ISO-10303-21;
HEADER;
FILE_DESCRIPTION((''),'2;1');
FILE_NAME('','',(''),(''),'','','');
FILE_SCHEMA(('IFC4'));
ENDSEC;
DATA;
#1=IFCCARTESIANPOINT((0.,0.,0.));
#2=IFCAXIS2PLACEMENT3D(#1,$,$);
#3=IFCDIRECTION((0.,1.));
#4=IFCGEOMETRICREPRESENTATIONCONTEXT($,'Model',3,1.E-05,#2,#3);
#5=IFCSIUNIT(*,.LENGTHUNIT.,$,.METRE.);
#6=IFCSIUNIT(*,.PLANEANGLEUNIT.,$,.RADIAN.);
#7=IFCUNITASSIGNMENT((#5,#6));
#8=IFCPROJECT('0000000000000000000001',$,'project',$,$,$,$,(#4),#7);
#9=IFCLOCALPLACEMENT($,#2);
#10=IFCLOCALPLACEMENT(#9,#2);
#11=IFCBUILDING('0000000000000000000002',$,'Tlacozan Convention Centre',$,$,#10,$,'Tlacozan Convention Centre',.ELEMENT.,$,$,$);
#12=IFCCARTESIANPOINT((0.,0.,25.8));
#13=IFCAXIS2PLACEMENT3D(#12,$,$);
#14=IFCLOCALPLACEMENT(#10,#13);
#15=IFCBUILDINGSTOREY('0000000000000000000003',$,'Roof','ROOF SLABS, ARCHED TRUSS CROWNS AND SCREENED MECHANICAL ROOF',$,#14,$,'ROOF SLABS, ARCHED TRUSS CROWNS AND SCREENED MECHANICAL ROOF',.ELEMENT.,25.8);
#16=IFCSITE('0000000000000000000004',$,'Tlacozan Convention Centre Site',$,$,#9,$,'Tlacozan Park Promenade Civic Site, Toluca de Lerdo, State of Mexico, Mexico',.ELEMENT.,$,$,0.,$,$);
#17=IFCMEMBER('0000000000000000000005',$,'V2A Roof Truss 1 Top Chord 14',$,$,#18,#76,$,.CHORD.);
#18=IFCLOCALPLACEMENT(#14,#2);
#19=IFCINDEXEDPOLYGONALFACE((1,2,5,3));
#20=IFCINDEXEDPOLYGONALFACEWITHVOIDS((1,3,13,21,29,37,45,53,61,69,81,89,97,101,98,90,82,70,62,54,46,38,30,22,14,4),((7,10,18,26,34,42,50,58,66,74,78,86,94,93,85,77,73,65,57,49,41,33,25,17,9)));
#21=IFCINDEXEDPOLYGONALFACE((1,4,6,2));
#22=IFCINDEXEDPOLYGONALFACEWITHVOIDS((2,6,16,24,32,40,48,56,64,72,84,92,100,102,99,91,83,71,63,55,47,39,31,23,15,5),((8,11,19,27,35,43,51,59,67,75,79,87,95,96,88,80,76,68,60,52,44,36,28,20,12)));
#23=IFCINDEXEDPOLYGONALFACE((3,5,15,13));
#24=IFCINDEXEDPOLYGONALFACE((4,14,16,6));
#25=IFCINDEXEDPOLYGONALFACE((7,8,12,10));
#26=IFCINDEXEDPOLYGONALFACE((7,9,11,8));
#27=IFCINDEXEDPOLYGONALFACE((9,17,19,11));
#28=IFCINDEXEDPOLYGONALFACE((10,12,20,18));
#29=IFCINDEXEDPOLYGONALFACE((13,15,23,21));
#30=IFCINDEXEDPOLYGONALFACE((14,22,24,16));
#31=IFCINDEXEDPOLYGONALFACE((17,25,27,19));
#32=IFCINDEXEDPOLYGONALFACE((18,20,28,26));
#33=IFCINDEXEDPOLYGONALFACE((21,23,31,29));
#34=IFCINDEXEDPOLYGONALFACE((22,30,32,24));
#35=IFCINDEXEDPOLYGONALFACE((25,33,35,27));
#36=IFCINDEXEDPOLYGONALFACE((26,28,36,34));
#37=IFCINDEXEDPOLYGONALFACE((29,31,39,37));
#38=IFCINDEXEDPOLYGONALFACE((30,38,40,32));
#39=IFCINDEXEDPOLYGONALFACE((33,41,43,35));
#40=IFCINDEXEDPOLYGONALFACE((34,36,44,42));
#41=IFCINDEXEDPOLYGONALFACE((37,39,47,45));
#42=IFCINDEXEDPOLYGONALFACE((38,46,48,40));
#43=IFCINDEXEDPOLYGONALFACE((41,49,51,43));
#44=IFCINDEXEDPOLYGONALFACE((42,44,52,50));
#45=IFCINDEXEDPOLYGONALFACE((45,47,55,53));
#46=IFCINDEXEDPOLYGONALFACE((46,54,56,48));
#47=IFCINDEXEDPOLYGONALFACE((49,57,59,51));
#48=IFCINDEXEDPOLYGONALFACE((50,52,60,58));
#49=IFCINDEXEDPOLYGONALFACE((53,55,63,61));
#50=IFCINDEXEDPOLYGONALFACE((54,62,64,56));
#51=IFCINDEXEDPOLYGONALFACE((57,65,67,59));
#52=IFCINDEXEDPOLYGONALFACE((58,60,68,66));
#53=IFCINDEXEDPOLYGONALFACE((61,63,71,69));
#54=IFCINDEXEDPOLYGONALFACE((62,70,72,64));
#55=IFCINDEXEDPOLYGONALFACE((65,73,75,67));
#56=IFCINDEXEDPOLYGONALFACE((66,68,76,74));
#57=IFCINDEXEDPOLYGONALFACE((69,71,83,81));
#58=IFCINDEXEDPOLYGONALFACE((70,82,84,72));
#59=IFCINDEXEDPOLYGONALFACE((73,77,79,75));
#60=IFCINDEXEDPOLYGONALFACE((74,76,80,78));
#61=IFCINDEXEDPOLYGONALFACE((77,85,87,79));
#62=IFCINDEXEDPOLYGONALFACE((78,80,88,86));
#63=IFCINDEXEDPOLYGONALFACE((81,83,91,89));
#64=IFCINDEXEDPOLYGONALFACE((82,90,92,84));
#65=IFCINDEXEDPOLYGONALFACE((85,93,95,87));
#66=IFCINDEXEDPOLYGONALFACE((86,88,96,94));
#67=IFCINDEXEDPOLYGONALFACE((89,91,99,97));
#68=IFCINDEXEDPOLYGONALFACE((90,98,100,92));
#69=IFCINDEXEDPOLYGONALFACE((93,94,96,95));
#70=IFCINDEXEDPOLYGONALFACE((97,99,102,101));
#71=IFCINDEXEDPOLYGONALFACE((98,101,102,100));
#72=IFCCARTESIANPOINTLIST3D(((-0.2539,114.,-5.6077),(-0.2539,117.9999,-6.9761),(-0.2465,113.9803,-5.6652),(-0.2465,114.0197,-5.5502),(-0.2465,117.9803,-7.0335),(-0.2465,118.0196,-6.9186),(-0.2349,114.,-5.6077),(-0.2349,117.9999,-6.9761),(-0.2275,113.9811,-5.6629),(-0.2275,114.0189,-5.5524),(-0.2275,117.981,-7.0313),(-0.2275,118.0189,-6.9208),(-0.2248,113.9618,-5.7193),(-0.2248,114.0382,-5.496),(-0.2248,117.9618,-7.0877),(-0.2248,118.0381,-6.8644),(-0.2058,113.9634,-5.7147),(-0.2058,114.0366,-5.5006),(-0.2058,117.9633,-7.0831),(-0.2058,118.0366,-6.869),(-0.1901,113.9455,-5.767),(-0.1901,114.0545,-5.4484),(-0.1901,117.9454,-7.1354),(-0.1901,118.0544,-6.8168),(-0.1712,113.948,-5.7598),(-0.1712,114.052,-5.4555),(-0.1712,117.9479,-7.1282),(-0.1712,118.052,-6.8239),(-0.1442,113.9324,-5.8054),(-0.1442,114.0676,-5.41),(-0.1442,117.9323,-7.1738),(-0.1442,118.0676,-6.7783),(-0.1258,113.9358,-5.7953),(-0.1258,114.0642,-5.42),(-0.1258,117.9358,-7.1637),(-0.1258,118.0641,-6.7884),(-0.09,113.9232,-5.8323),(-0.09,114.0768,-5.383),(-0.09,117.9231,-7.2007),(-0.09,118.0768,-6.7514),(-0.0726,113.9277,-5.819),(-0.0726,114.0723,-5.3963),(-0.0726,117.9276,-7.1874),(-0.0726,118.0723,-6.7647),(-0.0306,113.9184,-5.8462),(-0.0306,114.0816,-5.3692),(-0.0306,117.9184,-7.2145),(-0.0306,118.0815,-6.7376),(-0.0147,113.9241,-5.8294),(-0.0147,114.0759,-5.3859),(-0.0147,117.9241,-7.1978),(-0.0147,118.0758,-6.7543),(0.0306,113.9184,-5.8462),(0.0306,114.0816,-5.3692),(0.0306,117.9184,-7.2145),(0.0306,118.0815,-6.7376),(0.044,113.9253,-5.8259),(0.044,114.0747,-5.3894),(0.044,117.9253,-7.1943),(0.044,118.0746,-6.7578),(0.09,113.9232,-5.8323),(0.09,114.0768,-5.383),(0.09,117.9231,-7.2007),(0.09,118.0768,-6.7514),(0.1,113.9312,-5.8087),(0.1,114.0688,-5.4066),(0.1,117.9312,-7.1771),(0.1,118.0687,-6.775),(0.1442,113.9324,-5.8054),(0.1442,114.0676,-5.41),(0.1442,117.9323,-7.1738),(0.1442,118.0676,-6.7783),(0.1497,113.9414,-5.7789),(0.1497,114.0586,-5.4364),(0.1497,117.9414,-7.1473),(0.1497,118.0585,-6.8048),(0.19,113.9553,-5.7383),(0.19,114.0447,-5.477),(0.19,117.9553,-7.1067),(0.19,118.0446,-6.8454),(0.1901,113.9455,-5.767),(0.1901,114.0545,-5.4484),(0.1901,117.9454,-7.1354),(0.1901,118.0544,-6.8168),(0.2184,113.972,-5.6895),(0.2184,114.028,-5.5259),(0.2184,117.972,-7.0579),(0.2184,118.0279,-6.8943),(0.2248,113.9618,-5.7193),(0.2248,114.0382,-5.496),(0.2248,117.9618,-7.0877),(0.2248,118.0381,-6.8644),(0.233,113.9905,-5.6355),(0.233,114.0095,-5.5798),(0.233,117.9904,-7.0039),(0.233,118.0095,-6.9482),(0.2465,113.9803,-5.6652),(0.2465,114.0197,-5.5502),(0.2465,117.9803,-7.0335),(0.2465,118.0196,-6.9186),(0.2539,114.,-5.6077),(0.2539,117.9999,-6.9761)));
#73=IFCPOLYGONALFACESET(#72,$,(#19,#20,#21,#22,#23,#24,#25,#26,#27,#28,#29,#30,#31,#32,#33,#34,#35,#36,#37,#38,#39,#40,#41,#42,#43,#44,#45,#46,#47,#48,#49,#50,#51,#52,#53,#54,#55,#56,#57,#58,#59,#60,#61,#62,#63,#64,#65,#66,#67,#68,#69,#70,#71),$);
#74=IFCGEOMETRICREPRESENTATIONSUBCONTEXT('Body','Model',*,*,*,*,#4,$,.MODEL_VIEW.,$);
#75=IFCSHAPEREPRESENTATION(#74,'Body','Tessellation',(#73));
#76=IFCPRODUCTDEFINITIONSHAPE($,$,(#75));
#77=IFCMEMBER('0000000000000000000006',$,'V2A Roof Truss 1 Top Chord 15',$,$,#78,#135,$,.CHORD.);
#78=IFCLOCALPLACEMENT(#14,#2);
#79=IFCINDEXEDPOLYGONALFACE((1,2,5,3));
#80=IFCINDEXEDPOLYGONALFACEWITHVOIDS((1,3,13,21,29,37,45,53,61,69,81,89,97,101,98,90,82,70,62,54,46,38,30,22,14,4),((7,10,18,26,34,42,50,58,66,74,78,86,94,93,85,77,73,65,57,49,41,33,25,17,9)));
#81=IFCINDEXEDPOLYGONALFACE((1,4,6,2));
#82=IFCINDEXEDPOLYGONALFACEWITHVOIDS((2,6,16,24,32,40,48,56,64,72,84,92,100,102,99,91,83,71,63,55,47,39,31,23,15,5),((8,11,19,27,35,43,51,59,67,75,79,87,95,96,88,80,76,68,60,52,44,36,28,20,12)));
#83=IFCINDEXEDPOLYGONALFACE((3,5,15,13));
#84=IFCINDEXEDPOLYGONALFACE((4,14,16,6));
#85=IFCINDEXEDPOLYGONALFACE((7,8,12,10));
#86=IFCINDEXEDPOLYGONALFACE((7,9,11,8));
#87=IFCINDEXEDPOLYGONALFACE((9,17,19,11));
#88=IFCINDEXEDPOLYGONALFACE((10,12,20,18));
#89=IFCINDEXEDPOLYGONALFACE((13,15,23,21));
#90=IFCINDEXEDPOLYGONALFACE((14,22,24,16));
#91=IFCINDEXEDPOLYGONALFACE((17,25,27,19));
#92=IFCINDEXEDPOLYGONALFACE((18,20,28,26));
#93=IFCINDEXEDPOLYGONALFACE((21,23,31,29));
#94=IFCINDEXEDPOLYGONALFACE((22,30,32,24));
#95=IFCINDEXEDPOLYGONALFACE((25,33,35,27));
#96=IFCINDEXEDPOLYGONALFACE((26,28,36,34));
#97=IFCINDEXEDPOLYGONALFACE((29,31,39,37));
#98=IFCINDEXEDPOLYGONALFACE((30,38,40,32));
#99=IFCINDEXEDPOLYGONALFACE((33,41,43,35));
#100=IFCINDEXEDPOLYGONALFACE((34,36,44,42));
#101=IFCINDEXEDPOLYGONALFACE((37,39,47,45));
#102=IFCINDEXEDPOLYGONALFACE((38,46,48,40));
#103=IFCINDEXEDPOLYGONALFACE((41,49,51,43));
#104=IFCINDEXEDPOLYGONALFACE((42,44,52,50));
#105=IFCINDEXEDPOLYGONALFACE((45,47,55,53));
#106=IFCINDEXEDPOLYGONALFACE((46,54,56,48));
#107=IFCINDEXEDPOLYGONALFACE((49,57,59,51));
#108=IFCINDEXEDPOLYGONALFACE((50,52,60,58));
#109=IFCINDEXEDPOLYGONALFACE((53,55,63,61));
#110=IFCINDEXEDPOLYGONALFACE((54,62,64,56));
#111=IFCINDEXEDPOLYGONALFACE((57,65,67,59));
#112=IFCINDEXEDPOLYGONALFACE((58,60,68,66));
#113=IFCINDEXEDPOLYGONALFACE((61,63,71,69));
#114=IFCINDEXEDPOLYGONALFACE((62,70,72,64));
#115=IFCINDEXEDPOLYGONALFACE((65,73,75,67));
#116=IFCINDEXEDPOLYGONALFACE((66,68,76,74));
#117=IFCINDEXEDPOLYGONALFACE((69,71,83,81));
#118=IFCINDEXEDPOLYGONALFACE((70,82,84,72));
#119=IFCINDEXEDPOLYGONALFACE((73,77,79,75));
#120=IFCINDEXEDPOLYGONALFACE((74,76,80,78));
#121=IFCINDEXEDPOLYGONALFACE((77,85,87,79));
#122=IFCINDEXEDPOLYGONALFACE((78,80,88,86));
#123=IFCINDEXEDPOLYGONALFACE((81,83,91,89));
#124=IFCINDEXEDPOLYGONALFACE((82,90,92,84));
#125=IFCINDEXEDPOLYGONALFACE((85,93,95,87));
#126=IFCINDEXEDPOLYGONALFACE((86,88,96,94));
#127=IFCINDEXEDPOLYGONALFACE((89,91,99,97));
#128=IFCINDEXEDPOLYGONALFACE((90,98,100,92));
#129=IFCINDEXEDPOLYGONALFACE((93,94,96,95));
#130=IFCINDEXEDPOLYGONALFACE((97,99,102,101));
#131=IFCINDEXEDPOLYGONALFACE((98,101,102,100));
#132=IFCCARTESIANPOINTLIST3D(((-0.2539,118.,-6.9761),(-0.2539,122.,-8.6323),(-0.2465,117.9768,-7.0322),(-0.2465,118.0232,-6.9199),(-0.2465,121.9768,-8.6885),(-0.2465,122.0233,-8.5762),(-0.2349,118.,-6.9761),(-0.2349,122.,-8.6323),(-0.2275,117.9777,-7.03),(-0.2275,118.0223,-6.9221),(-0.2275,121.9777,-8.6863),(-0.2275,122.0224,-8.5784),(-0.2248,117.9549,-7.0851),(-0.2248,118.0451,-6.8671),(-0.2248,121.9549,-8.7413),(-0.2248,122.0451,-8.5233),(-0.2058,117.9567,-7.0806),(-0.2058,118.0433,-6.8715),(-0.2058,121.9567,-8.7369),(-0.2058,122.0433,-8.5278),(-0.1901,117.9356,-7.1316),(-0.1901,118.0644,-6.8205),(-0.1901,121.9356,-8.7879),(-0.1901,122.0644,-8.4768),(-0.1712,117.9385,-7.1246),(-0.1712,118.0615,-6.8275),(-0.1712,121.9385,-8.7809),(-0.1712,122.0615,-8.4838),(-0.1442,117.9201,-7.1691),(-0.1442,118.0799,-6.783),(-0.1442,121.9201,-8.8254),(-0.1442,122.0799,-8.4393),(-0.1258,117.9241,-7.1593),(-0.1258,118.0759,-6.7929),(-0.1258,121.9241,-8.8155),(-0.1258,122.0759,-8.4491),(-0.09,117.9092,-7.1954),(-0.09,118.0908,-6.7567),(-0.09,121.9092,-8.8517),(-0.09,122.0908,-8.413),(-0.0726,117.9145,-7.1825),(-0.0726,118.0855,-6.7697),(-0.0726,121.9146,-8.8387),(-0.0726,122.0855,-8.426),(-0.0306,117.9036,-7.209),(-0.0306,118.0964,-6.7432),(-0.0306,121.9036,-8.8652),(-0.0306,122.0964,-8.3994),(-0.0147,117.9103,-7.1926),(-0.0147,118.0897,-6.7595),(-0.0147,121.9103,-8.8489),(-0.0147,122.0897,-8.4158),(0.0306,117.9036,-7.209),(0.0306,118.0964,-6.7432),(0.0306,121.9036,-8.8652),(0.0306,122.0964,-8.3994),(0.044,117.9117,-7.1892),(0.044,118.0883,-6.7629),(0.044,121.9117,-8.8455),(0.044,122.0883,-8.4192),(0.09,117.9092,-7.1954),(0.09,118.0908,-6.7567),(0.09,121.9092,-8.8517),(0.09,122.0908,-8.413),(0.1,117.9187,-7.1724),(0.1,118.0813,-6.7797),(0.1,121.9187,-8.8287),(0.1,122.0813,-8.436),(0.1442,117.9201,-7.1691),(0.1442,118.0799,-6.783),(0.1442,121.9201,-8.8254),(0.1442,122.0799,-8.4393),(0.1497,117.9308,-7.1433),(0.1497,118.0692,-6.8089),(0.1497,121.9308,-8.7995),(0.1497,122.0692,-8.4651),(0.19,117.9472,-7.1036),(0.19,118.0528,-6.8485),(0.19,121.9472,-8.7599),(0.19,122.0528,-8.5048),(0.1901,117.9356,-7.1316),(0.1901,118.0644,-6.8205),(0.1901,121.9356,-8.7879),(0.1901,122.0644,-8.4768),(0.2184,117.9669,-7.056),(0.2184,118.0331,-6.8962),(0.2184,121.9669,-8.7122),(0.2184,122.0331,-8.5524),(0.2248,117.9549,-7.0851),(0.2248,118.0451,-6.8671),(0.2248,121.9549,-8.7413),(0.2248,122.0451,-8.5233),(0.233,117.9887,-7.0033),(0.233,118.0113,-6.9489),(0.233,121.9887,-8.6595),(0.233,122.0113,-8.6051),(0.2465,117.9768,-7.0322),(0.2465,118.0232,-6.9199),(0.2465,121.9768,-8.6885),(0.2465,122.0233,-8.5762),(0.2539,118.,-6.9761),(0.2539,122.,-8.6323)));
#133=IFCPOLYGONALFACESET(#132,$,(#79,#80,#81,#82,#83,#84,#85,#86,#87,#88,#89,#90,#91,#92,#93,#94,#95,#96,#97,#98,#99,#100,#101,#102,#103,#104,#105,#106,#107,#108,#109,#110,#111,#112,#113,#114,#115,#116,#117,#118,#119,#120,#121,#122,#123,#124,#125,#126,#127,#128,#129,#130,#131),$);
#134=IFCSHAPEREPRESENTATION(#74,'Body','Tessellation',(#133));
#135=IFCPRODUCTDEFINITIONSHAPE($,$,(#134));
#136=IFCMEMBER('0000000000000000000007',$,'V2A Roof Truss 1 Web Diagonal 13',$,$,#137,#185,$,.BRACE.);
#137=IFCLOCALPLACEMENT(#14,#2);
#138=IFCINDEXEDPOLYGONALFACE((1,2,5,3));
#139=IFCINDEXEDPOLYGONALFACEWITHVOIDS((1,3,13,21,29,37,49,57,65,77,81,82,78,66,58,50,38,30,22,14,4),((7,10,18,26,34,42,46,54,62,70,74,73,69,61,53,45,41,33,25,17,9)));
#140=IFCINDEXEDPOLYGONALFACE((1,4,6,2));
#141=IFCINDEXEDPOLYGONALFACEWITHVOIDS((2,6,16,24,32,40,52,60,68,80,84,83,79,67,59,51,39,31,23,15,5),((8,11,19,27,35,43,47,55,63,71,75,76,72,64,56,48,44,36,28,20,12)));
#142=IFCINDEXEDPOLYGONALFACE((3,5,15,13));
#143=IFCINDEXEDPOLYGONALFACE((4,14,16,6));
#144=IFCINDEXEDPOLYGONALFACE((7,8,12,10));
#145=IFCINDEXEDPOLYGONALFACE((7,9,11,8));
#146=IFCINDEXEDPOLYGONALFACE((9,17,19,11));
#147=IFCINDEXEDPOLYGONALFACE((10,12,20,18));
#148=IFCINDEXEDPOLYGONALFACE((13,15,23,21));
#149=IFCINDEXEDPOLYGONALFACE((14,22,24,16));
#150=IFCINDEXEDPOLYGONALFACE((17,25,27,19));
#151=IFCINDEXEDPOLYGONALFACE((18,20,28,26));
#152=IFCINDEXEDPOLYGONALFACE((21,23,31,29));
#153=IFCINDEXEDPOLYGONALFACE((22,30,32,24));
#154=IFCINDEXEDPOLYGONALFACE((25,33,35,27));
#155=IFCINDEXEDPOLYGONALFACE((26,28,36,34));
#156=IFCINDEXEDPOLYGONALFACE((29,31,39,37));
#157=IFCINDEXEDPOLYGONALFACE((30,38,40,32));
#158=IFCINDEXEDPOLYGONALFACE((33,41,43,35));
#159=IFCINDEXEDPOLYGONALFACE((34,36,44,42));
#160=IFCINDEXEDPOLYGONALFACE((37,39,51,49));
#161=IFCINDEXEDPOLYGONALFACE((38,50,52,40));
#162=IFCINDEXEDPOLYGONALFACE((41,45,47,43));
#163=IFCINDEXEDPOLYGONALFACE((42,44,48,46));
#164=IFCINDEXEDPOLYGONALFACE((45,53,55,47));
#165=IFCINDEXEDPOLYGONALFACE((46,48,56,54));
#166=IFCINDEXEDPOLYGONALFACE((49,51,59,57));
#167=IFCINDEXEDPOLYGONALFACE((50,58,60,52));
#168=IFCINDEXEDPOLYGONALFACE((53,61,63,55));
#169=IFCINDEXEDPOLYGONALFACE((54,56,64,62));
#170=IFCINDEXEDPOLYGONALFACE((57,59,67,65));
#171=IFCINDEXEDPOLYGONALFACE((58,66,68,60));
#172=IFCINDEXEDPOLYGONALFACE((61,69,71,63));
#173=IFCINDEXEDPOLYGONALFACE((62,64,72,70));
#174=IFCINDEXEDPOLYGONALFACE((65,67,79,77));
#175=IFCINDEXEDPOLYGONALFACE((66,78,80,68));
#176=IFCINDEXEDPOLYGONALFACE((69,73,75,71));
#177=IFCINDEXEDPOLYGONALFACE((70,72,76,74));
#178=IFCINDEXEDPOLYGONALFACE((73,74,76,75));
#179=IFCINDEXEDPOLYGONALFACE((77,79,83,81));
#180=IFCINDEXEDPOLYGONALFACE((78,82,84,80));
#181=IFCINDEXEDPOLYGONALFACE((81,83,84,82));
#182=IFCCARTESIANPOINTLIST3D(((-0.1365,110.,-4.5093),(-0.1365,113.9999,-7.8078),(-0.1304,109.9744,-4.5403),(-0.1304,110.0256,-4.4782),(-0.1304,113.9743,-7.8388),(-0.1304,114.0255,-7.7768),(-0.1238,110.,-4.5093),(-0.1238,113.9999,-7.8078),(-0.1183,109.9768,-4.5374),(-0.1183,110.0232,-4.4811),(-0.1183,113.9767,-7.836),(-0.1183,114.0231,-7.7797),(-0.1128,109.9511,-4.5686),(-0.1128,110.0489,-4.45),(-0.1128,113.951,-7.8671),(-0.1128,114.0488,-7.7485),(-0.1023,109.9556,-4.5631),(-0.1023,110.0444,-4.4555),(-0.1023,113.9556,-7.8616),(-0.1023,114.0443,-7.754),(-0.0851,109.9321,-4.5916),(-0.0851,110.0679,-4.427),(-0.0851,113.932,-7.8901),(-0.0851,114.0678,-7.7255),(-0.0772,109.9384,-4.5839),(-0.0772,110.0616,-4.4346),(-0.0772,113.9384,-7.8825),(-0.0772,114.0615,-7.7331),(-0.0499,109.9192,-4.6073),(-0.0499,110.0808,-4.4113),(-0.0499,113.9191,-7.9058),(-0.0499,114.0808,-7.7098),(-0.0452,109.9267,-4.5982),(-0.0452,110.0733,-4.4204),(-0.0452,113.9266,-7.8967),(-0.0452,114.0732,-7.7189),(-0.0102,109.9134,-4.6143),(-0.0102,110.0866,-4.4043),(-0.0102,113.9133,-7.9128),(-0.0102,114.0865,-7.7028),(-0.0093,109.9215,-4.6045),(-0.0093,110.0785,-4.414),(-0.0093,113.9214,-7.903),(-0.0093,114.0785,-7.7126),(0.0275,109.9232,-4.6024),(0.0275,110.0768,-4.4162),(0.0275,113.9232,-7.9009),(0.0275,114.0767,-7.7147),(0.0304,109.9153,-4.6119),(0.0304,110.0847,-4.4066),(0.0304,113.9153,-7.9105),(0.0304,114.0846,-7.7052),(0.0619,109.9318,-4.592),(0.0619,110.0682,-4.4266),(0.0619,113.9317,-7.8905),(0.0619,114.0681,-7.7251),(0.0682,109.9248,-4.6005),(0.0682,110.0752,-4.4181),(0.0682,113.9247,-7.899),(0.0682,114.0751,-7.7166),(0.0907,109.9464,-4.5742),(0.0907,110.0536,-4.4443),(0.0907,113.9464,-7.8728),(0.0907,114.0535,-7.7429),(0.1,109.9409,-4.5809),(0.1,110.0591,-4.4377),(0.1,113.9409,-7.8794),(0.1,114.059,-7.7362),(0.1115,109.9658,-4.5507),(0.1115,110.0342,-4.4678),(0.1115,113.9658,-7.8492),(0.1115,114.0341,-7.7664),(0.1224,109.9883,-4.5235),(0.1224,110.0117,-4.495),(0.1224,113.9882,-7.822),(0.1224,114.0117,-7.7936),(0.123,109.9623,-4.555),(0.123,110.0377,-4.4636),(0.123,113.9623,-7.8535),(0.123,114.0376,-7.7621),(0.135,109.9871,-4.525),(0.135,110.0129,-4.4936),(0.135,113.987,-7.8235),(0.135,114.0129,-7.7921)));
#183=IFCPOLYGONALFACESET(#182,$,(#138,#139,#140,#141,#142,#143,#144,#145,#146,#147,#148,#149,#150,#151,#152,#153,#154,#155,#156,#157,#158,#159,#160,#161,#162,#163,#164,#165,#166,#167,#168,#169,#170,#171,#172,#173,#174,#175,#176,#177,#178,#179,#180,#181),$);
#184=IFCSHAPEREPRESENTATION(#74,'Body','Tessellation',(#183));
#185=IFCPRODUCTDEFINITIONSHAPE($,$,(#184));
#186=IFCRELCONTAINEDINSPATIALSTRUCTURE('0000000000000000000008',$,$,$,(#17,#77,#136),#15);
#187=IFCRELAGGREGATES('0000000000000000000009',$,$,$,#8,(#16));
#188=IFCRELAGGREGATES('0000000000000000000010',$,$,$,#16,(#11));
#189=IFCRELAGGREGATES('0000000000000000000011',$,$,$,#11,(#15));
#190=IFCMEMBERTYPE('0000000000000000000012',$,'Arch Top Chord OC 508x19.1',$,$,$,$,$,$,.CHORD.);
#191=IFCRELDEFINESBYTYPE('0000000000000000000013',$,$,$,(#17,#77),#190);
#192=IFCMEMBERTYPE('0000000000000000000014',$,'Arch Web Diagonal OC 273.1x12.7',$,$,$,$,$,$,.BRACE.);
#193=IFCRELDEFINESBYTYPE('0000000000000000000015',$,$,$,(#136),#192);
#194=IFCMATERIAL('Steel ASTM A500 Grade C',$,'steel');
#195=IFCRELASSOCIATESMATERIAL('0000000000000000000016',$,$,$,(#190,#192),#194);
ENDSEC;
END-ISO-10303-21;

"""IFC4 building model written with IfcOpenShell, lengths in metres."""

from ifc_helpers import new_model, si_unit, direction, frame, origin, origin_2d, place, context, subcontext, project, spatial, hollow_circle, extrude, material, material_profile, profile_set, type_object, element, save


model = new_model("IFC4")

# Units and contexts
model_context = context("Model", 3, precision=1e-05, world=origin(), true_north=direction((0.0, 1.0)))
body_context = subcontext(model_context, "Body", "Model", "MODEL_VIEW")
ifc_project = project(units=[si_unit("LENGTHUNIT", "METRE"), si_unit("PLANEANGLEUNIT", "RADIAN")], contexts=[model_context])

# Site, building, storey
site_placement = place(None, origin())
site = spatial("IfcSite", under=ifc_project, at=site_placement, Name="Tlacozan Convention Centre Site", LongName="Tlacozan Park Promenade Civic Site, Toluca de Lerdo, State of Mexico, Mexico", CompositionType="ELEMENT", RefElevation=0.0)
building_placement = place(site_placement, origin())
building = spatial("IfcBuilding", under=site, at=building_placement, Name="Tlacozan Convention Centre", LongName="Tlacozan Convention Centre", CompositionType="ELEMENT")
storey_placement = place(building_placement, frame((0.0, 0.0, 25.8)))
storey = spatial("IfcBuildingStorey", under=building, at=storey_placement, Name="Roof", Description="ROOF SLABS, ARCHED TRUSS CROWNS AND SCREENED MECHANICAL ROOF", LongName="ROOF SLABS, ARCHED TRUSS CROWNS AND SCREENED MECHANICAL ROOF", CompositionType="ELEMENT", Elevation=25.8)

# Members
ifc_material_1 = material(Name="Steel ASTM A500 Grade C", Category="steel")
ifc_material_profile_1 = material_profile(ifc_material_1, hollow_circle(Radius=0.2539, WallThickness=0.019, at=origin_2d()), Name="OC 508.0x19.1")
ifc_profile_set_1 = profile_set([ifc_material_profile_1], Name="Steel ASTM A500 Grade C")
member_type_1 = type_object("IfcMemberType", Name="Arch Top Chord OC 508x19.1", PredefinedType="CHORD", material=ifc_profile_set_1)
member_1_placement = place(storey_placement, frame((0.0, 114.0, -5.6077), z_axis=(0.0, 0.946165, -0.323685), x_axis=(-1.0, 0.0, 0.0)))
element("IfcMember", 1, at=member_1_placement, inside=storey, type_object=member_type_1, Name="V2A Roof Truss 1 Top Chord 14", PredefinedType="CHORD", context=body_context, shape_type="SweptSolid", body=[
    extrude(hollow_circle(Radius=0.2539, WallThickness=0.019, at=origin_2d()), origin(), (0.0, 0.0, 1.0), 4.2275),
])
member_2_placement = place(storey_placement, frame((0.0, 118.0, -6.9761), z_axis=(0.0, 0.923929, -0.382564), x_axis=(-1.0, 0.0, 0.0)))
element("IfcMember", 2, at=member_2_placement, inside=storey, type_object=member_type_1, Name="V2A Roof Truss 1 Top Chord 15", PredefinedType="CHORD", context=body_context, shape_type="SweptSolid", body=[
    extrude(hollow_circle(Radius=0.2539, WallThickness=0.019, at=origin_2d()), origin(), (0.0, 0.0, 1.0), 4.3293),
])
ifc_material_profile_2 = material_profile(ifc_material_1, hollow_circle(Radius=0.1365, WallThickness=0.0127, at=origin_2d()), Name="OC 273.1x12.7")
ifc_profile_set_2 = profile_set([ifc_material_profile_2], Name="Steel ASTM A500 Grade C")
member_type_2 = type_object("IfcMemberType", Name="Arch Web Diagonal OC 273.1x12.7", PredefinedType="BRACE", material=ifc_profile_set_2)
member_3_placement = place(storey_placement, frame((0.0, 110.0, -4.5093), z_axis=(0.0, 0.771507, -0.63622), x_axis=(-1.0, 0.0, 0.0)))
element("IfcMember", 3, at=member_3_placement, inside=storey, type_object=member_type_2, Name="V2A Roof Truss 1 Web Diagonal 13", PredefinedType="BRACE", context=body_context, shape_type="SweptSolid", body=[
    extrude(hollow_circle(Radius=0.1365, WallThickness=0.0127, at=origin_2d()), origin(), (0.0, 0.0, 1.0), 5.1846),
])

save(model, "model.ifc")
